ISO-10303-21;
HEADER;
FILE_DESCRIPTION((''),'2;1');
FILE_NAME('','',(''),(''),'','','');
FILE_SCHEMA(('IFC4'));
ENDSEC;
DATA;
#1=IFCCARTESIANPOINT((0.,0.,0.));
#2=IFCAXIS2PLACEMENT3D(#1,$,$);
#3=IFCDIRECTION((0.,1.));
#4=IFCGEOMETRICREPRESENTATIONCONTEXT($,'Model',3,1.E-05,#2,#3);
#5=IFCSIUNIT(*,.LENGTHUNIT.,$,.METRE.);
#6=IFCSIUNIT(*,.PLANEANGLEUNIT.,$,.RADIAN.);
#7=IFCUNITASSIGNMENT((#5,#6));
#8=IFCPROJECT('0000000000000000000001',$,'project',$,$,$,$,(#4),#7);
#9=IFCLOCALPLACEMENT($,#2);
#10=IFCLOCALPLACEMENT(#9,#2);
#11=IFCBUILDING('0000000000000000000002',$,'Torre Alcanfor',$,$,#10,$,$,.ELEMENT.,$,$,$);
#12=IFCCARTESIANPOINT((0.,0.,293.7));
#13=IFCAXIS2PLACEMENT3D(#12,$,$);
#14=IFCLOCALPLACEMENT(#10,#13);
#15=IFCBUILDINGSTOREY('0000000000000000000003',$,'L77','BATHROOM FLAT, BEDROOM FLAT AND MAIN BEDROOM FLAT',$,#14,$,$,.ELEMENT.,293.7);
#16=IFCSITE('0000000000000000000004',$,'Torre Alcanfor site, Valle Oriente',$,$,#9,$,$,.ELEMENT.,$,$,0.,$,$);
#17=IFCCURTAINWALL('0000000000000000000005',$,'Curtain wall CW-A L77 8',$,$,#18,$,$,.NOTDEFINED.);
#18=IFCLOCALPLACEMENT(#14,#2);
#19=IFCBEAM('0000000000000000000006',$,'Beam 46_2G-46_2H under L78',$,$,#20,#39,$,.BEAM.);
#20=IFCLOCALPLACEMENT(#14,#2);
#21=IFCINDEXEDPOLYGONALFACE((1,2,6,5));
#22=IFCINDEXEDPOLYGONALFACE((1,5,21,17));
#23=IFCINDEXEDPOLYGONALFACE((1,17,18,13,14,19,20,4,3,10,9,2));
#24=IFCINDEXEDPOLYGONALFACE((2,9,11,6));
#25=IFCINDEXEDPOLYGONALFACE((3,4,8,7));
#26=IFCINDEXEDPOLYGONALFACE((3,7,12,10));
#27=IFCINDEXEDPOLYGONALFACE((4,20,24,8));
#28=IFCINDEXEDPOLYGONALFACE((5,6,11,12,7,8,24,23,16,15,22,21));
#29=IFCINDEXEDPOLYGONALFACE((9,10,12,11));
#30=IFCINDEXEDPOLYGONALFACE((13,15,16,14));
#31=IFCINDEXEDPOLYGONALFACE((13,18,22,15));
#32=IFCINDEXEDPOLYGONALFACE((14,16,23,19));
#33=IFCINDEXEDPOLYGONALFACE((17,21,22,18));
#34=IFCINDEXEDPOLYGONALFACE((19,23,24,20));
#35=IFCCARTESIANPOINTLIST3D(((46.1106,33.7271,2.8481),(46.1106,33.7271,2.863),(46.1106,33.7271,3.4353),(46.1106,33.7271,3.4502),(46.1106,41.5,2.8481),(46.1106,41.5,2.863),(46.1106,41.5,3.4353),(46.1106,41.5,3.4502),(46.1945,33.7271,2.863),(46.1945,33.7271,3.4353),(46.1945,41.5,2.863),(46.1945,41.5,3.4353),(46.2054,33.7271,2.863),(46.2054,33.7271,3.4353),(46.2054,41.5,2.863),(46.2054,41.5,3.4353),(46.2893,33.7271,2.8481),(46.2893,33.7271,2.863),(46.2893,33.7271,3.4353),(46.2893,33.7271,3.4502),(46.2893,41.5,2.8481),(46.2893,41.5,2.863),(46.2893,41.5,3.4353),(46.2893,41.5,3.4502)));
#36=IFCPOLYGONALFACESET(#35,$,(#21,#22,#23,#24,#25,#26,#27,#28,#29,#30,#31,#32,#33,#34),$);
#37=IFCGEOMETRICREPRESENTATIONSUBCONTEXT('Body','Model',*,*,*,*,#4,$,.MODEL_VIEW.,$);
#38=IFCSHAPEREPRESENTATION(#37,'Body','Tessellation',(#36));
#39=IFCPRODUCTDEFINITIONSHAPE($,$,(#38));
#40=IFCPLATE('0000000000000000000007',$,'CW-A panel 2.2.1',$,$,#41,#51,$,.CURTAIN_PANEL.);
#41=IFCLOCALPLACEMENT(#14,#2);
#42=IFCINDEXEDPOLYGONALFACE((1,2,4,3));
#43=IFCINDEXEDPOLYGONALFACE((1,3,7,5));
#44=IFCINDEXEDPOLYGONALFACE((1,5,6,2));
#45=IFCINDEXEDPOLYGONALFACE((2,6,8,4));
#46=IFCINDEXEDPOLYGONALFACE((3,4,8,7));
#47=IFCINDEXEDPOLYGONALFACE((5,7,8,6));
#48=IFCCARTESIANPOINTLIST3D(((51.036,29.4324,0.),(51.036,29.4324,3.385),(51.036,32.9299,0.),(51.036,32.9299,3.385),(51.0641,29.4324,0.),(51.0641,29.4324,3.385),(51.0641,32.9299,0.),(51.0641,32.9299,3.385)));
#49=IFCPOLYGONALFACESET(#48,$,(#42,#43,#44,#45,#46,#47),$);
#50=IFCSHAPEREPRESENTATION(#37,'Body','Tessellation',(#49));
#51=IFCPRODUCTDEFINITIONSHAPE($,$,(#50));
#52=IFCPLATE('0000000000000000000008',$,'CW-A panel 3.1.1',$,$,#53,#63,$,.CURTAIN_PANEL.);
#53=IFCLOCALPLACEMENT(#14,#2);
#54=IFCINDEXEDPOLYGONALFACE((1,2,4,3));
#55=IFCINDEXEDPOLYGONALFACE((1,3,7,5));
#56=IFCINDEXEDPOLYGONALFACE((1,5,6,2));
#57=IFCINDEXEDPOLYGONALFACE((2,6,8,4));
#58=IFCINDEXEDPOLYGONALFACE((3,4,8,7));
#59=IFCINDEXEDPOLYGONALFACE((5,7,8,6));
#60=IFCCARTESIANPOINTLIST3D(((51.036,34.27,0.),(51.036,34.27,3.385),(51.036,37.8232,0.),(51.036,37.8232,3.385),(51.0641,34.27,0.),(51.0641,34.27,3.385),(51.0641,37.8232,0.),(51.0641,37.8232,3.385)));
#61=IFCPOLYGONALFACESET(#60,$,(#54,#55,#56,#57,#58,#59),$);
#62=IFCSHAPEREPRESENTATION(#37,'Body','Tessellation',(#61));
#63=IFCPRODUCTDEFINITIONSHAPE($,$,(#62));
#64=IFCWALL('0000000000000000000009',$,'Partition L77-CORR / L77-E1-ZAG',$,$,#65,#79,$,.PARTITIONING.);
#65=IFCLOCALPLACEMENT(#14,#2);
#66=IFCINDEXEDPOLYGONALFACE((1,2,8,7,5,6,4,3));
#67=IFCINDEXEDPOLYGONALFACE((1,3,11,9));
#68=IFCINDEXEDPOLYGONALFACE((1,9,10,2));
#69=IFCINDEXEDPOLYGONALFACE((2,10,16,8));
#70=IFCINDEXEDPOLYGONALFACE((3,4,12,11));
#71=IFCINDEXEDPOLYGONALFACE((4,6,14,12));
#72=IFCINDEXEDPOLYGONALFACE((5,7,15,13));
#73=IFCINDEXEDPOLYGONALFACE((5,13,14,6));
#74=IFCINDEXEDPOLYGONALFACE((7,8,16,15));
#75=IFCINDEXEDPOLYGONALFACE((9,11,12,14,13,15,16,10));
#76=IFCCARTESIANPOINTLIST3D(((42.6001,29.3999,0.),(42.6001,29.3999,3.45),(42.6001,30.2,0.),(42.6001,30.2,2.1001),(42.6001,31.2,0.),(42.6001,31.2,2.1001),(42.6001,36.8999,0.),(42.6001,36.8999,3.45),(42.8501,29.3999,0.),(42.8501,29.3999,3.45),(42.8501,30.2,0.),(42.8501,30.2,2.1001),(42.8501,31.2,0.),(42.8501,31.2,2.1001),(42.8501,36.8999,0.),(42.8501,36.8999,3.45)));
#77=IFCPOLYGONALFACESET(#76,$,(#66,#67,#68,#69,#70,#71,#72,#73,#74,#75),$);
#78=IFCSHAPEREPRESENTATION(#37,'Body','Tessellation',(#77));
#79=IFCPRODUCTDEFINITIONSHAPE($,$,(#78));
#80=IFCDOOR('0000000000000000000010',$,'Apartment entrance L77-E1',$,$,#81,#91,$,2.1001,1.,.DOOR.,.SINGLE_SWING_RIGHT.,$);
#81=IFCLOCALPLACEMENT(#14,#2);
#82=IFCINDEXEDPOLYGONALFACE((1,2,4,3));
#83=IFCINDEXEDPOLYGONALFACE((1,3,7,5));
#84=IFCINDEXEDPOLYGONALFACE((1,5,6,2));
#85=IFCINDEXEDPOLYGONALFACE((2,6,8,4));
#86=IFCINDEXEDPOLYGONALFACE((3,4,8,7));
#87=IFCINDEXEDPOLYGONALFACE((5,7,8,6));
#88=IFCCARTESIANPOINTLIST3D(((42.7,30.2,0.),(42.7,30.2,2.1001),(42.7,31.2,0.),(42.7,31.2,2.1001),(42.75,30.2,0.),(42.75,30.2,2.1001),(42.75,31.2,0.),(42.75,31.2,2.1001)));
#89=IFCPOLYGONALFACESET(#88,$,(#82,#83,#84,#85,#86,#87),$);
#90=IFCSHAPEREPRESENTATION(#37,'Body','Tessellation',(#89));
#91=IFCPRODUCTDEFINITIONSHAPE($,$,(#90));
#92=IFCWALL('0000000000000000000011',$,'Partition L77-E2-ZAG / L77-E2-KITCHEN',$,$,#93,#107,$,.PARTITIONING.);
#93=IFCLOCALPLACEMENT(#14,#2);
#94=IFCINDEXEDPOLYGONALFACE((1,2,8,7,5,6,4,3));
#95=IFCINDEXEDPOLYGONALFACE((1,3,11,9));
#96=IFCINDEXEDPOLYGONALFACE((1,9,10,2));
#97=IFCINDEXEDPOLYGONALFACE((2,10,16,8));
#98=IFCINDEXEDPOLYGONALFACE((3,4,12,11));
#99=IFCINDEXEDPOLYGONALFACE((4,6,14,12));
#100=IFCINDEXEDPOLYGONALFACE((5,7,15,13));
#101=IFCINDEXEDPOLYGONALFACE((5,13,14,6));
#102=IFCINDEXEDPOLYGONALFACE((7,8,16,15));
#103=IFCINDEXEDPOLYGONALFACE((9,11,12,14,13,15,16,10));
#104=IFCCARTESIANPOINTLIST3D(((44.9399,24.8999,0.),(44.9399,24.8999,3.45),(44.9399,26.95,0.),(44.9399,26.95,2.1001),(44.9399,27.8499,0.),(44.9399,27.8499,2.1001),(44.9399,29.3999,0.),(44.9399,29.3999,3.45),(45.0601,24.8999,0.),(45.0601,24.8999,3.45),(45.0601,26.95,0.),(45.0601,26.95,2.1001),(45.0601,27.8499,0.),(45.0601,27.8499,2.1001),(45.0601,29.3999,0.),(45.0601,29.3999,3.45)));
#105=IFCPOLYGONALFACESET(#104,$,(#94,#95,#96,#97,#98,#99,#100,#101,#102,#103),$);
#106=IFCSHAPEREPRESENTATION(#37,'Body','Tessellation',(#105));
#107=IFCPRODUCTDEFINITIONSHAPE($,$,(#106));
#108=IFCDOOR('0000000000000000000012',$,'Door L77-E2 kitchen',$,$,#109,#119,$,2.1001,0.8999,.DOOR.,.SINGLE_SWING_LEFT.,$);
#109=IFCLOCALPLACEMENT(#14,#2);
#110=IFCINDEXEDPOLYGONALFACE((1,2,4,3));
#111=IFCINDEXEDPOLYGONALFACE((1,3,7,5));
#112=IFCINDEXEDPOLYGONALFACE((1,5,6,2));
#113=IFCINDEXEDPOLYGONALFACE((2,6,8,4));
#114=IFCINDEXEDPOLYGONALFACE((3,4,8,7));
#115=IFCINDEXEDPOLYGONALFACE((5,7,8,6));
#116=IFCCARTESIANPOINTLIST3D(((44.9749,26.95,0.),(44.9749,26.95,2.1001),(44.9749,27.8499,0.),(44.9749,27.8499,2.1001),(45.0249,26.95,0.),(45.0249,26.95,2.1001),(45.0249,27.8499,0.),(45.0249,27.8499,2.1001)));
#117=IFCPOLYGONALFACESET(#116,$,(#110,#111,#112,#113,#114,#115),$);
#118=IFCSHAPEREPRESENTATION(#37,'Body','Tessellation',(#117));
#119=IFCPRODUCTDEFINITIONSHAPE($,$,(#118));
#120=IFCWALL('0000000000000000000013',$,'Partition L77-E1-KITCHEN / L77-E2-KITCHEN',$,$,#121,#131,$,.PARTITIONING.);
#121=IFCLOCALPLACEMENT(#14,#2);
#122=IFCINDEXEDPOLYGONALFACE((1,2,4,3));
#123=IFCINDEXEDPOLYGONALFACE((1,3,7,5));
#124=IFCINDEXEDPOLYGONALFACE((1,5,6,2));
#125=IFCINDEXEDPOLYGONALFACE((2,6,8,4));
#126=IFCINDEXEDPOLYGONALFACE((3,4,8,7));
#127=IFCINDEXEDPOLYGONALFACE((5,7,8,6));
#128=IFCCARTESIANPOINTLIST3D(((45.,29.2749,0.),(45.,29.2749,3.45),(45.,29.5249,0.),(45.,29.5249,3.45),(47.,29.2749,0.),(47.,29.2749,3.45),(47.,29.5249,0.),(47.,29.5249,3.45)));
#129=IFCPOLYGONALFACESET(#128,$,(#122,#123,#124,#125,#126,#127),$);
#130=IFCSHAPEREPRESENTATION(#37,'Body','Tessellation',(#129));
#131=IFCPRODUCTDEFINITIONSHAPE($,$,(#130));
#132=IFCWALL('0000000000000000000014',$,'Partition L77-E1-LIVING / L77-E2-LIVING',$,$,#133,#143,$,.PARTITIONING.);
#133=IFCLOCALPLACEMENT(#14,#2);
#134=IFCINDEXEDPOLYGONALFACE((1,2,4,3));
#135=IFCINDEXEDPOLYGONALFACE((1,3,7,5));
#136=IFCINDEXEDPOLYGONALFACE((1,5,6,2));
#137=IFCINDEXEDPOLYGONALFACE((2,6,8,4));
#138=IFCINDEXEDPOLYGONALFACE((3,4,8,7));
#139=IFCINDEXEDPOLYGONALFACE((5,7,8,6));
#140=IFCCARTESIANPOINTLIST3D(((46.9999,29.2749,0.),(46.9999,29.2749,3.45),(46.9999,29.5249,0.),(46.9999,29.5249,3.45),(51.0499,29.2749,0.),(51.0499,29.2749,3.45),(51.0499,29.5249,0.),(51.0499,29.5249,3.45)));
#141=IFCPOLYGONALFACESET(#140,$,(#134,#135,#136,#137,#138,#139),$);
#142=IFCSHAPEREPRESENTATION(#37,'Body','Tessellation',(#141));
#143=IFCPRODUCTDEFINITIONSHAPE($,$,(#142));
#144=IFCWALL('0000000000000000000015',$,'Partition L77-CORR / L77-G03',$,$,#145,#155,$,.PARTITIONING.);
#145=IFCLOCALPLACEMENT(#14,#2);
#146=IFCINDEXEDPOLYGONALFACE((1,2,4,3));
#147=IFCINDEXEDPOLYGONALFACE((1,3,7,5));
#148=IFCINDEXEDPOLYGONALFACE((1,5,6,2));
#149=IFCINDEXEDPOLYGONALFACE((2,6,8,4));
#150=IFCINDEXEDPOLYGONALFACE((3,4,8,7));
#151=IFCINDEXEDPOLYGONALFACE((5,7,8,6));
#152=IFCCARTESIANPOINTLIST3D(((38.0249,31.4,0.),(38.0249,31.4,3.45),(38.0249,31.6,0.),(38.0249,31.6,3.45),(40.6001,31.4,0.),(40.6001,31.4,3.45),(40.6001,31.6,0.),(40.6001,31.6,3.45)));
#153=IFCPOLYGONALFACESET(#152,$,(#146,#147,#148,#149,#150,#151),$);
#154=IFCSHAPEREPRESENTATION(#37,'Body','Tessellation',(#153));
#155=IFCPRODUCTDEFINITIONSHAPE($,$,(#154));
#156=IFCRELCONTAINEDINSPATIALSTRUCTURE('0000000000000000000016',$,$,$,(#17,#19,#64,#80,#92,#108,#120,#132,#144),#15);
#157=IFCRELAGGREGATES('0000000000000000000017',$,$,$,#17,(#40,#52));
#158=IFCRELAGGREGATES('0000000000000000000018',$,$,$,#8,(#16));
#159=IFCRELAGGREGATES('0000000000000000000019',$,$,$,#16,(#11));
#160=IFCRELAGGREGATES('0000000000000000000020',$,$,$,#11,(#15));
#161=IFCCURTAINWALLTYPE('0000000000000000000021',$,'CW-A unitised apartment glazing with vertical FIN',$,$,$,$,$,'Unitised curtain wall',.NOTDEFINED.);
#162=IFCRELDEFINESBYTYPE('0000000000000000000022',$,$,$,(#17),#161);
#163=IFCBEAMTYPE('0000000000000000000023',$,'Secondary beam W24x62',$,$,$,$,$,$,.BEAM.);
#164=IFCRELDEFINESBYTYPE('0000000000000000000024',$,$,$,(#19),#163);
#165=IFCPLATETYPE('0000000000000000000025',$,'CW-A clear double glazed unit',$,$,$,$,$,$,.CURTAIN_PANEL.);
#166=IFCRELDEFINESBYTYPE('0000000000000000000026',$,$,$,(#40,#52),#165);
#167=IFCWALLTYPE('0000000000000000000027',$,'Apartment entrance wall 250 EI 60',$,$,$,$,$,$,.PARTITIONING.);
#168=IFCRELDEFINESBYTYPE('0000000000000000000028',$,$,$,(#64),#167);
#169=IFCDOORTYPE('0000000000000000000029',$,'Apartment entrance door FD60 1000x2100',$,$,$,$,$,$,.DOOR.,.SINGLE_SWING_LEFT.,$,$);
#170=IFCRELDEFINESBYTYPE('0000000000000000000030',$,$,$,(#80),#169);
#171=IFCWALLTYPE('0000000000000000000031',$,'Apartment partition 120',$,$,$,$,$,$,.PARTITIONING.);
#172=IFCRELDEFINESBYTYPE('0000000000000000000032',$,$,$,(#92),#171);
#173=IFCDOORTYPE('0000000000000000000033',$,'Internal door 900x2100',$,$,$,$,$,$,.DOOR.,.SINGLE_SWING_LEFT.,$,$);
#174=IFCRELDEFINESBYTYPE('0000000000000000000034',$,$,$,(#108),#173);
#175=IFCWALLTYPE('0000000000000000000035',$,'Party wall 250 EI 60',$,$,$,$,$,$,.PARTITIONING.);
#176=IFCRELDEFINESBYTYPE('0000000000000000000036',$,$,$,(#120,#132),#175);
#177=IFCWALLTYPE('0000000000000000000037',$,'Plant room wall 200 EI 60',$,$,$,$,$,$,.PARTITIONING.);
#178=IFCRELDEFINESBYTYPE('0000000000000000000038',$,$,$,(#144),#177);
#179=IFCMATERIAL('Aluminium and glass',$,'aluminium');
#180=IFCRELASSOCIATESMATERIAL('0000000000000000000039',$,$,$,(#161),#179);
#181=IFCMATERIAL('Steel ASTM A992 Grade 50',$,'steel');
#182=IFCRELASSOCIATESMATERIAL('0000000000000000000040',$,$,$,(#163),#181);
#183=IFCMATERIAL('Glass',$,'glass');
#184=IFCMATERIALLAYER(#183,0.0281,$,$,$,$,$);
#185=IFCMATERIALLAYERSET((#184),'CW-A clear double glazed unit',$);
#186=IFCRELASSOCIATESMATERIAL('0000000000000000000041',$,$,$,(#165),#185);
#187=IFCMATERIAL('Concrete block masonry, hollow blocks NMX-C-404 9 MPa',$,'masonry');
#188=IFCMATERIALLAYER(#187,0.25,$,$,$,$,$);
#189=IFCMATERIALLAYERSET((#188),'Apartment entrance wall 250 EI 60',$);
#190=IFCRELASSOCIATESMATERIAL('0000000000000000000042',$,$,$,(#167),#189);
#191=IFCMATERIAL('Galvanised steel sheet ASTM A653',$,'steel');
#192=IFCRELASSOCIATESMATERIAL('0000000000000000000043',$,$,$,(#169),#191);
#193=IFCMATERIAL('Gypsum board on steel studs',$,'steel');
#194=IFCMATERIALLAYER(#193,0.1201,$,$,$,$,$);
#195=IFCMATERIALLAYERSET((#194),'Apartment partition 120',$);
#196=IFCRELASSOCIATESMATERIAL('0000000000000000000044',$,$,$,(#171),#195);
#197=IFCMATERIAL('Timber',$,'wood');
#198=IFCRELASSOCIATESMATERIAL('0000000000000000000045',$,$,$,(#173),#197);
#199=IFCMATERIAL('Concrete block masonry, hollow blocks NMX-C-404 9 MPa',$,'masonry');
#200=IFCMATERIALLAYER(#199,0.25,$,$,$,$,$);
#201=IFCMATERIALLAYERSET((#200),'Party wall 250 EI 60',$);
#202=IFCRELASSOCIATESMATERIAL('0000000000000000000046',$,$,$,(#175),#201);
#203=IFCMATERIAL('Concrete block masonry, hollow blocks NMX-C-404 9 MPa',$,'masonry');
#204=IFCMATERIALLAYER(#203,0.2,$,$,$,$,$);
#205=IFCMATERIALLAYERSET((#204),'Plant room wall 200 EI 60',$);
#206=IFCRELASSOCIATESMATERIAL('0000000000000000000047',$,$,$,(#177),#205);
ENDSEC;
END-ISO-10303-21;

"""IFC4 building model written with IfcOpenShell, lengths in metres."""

from ifc_helpers import new_model, si_unit, direction, frame, frame_2d, origin, origin_2d, place, context, subcontext, project, spatial, rectangle, i_section, extrude, material, layer, layer_set, material_profile, profile_set, type_object, element, fill, aggregate, save


model = new_model("IFC4")

# Units and contexts
model_context = context("Model", 3, precision=1e-05, world=origin(), true_north=direction((0.0, 1.0)))
body_context = subcontext(model_context, "Body", "Model", "MODEL_VIEW")
ifc_project = project(units=[si_unit("LENGTHUNIT", "METRE"), si_unit("PLANEANGLEUNIT", "RADIAN")], contexts=[model_context])

# Site, building, storey
site_placement = place(None, origin())
site = spatial("IfcSite", under=ifc_project, at=site_placement, Name="Torre Alcanfor site, Valle Oriente", CompositionType="ELEMENT", RefElevation=0.0)
building_placement = place(site_placement, origin())
building = spatial("IfcBuilding", under=site, at=building_placement, Name="Torre Alcanfor", CompositionType="ELEMENT")
storey_placement = place(building_placement, frame((0.0, 0.0, 293.7)))
storey = spatial("IfcBuildingStorey", under=building, at=storey_placement, Name="L77", Description="BATHROOM FLAT, BEDROOM FLAT AND MAIN BEDROOM FLAT", CompositionType="ELEMENT", Elevation=293.7)

# Curtain wall
ifc_material_1 = material(Name="Aluminium and glass", Category="aluminium")
curtain_wall_type = type_object("IfcCurtainWallType", Name="CW-A unitised apartment glazing with vertical FIN", ElementType="Unitised curtain wall", PredefinedType="NOTDEFINED", material=ifc_material_1)
curtain_wall_placement = place(storey_placement, origin())
curtain_wall = element("IfcCurtainWall", 1, at=curtain_wall_placement, inside=storey, type_object=curtain_wall_type, Name="Curtain wall CW-A L77 8", PredefinedType="NOTDEFINED")

# Beam
ifc_material_2 = material(Name="Steel ASTM A992 Grade 50", Category="steel")
ifc_material_profile_1 = material_profile(ifc_material_2, i_section(OverallWidth=0.1787, OverallDepth=0.6021, WebThickness=0.011, FlangeThickness=0.0149, at=origin_2d()), Name="W24x62")
ifc_profile_set_1 = profile_set([ifc_material_profile_1], Name="Steel ASTM A992 Grade 50")
beam_type_1 = type_object("IfcBeamType", Name="Secondary beam W24x62", PredefinedType="BEAM", material=ifc_profile_set_1)
beam_1_placement = place(storey_placement, frame((46.2, 33.7271, 3.1492), z_axis=(0.0, 1.0, 0.0), x_axis=(-1.0, 0.0, 0.0)))
element("IfcBeam", 2, at=beam_1_placement, inside=storey, type_object=beam_type_1, Name="Beam 46_2G-46_2H under L78", PredefinedType="BEAM", context=body_context, shape_type="SweptSolid", body=[
    extrude(i_section(OverallWidth=0.1787, OverallDepth=0.6021, WebThickness=0.011, FlangeThickness=0.0149, at=origin_2d()), origin(), (0.0, 0.0, 1.0), 7.7729),
])

# Plates
ifc_material_3 = material(Name="Glass", Category="glass")
ifc_layer_1 = layer(ifc_material_3, 0.0281)
ifc_layer_set_1 = layer_set([ifc_layer_1], Name="CW-A clear double glazed unit")
plate_type = type_object("IfcPlateType", Name="CW-A clear double glazed unit", PredefinedType="CURTAIN_PANEL", material=ifc_layer_set_1)
plate_1_placement = place(storey_placement, frame((51.05, 31.1812, 0.0), z_axis=(0.0, 0.0, 1.0), x_axis=(0.0, 1.0, 0.0)))
plate_1 = element("IfcPlate", 3, at=plate_1_placement, type_object=plate_type, Name="CW-A panel 2.2.1", PredefinedType="CURTAIN_PANEL", context=body_context, shape_type="SweptSolid", body=[
    extrude(rectangle(XDim=3.4976, YDim=0.0281, at=origin_2d()), origin(), (0.0, 0.0, 1.0), 3.385),
])
plate_2_placement = place(storey_placement, frame((51.05, 36.0466, 0.0), z_axis=(0.0, 0.0, 1.0), x_axis=(0.0, 1.0, 0.0)))
plate_2 = element("IfcPlate", 4, at=plate_2_placement, type_object=plate_type, Name="CW-A panel 3.1.1", PredefinedType="CURTAIN_PANEL", context=body_context, shape_type="SweptSolid", body=[
    extrude(rectangle(XDim=3.5532, YDim=0.0281, at=origin_2d()), origin(), (0.0, 0.0, 1.0), 3.385),
])
aggregate(curtain_wall, [plate_1, plate_2])

# Walls, openings, doors
ifc_material_4 = material(Name="Concrete block masonry, hollow blocks NMX-C-404 9 MPa", Category="masonry")
ifc_layer_2 = layer(ifc_material_4, 0.25)
ifc_layer_set_2 = layer_set([ifc_layer_2], Name="Apartment entrance wall 250 EI 60")
wall_type_1 = type_object("IfcWallType", Name="Apartment entrance wall 250 EI 60", PredefinedType="PARTITIONING", material=ifc_layer_set_2)
wall_1_placement = place(storey_placement, frame((42.7251, 36.8999, 0.0), z_axis=(0.0, 0.0, 1.0), x_axis=(0.0, -1.0, 0.0)))
wall_1 = element("IfcWall", 5, at=wall_1_placement, inside=storey, type_object=wall_type_1, Name="Partition L77-CORR / L77-E1-ZAG", PredefinedType="PARTITIONING", context=body_context, shape_type="SweptSolid", body=[
    extrude(rectangle(XDim=7.5, YDim=0.25, at=frame_2d((3.75, 0.0))), origin(), (0.0, 0.0, 1.0), 3.45),
])
opening_1_placement = place(wall_1_placement, frame((5.7, 0.0, 0.0)))
opening_1 = element("IfcOpeningElement", 6, at=opening_1_placement, cuts=wall_1, PredefinedType="OPENING", context=body_context, shape_type="SweptSolid", body=[
    extrude(rectangle(XDim=1.0, YDim=2.1001, at=frame_2d((0.5, 1.05))), frame((0.0, 0.135, 0.0), z_axis=(0.0, -1.0, 0.0), x_axis=(1.0, 0.0, 0.0)), (0.0, 0.0, 1.0), 0.27),
])
ifc_material_5 = material(Name="Galvanised steel sheet ASTM A653", Category="steel")
door_type_1 = type_object("IfcDoorType", Name="Apartment entrance door FD60 1000x2100", OperationType="SINGLE_SWING_LEFT", PredefinedType="DOOR", material=ifc_material_5)
door_1_placement = place(opening_1_placement, origin())
door_1 = element("IfcDoor", 7, at=door_1_placement, inside=storey, type_object=door_type_1, Name="Apartment entrance L77-E1", OperationType="SINGLE_SWING_RIGHT", OverallHeight=2.1001, OverallWidth=1.0, PredefinedType="DOOR", context=body_context, shape_type="SweptSolid", body=[
    extrude(rectangle(XDim=1.0, YDim=2.1001, at=frame_2d((0.5, 1.05))), frame((0.0, 0.0249, 0.0), z_axis=(0.0, -1.0, 0.0), x_axis=(1.0, 0.0, 0.0)), (0.0, 0.0, 1.0), 0.05),
])
fill(opening_1, door_1)
ifc_material_6 = material(Name="Gypsum board on steel studs", Category="steel")
ifc_layer_3 = layer(ifc_material_6, 0.1201)
ifc_layer_set_3 = layer_set([ifc_layer_3], Name="Apartment partition 120")
wall_type_2 = type_object("IfcWallType", Name="Apartment partition 120", PredefinedType="PARTITIONING", material=ifc_layer_set_3)
wall_2_placement = place(storey_placement, frame((45.0, 29.3999, 0.0), z_axis=(0.0, 0.0, 1.0), x_axis=(0.0, -1.0, 0.0)))
wall_2 = element("IfcWall", 8, at=wall_2_placement, inside=storey, type_object=wall_type_2, Name="Partition L77-E2-ZAG / L77-E2-KITCHEN", PredefinedType="PARTITIONING", context=body_context, shape_type="SweptSolid", body=[
    extrude(rectangle(XDim=4.5, YDim=0.1201, at=frame_2d((2.25, 0.0))), origin(), (0.0, 0.0, 1.0), 3.45),
])
opening_2_placement = place(wall_2_placement, frame((1.55, 0.0, 0.0)))
opening_2 = element("IfcOpeningElement", 9, at=opening_2_placement, cuts=wall_2, PredefinedType="OPENING", context=body_context, shape_type="SweptSolid", body=[
    extrude(rectangle(XDim=0.8999, YDim=2.1001, at=frame_2d((0.45, 1.05))), frame((0.0, 0.0701, 0.0), z_axis=(0.0, -1.0, 0.0), x_axis=(1.0, 0.0, 0.0)), (0.0, 0.0, 1.0), 0.1401),
])
ifc_material_7 = material(Name="Timber", Category="wood")
door_type_2 = type_object("IfcDoorType", Name="Internal door 900x2100", OperationType="SINGLE_SWING_LEFT", PredefinedType="DOOR", material=ifc_material_7)
door_2_placement = place(opening_2_placement, origin())
door_2 = element("IfcDoor", 10, at=door_2_placement, inside=storey, type_object=door_type_2, Name="Door L77-E2 kitchen", OperationType="SINGLE_SWING_LEFT", OverallHeight=2.1001, OverallWidth=0.8999, PredefinedType="DOOR", context=body_context, shape_type="SweptSolid", body=[
    extrude(rectangle(XDim=0.8999, YDim=2.1001, at=frame_2d((0.45, 1.05))), frame((0.0, 0.0249, 0.0), z_axis=(0.0, -1.0, 0.0), x_axis=(1.0, 0.0, 0.0)), (0.0, 0.0, 1.0), 0.05),
])
fill(opening_2, door_2)

# Walls
ifc_material_8 = material(Name="Concrete block masonry, hollow blocks NMX-C-404 9 MPa", Category="masonry")
ifc_layer_4 = layer(ifc_material_8, 0.25)
ifc_layer_set_4 = layer_set([ifc_layer_4], Name="Party wall 250 EI 60")
wall_type_3 = type_object("IfcWallType", Name="Party wall 250 EI 60", PredefinedType="PARTITIONING", material=ifc_layer_set_4)
wall_3_placement = place(storey_placement, frame((45.0, 29.3999, 0.0), z_axis=(0.0, 0.0, 1.0), x_axis=(1.0, 0.0, 0.0)))
element("IfcWall", 11, at=wall_3_placement, inside=storey, type_object=wall_type_3, Name="Partition L77-E1-KITCHEN / L77-E2-KITCHEN", PredefinedType="PARTITIONING", context=body_context, shape_type="SweptSolid", body=[
    extrude(rectangle(XDim=2.0, YDim=0.25, at=frame_2d((1.0, 0.0))), origin(), (0.0, 0.0, 1.0), 3.45),
])
wall_4_placement = place(storey_placement, frame((47.0, 29.3999, 0.0), z_axis=(0.0, 0.0, 1.0), x_axis=(1.0, 0.0, 0.0)))
element("IfcWall", 12, at=wall_4_placement, inside=storey, type_object=wall_type_3, Name="Partition L77-E1-LIVING / L77-E2-LIVING", PredefinedType="PARTITIONING", context=body_context, shape_type="SweptSolid", body=[
    extrude(rectangle(XDim=4.05, YDim=0.25, at=frame_2d((2.0249, 0.0))), origin(), (0.0, 0.0, 1.0), 3.45),
])
ifc_material_9 = material(Name="Concrete block masonry, hollow blocks NMX-C-404 9 MPa", Category="masonry")
ifc_layer_5 = layer(ifc_material_9, 0.2)
ifc_layer_set_5 = layer_set([ifc_layer_5], Name="Plant room wall 200 EI 60")
wall_type_4 = type_object("IfcWallType", Name="Plant room wall 200 EI 60", PredefinedType="PARTITIONING", material=ifc_layer_set_5)
wall_5_placement = place(storey_placement, frame((40.6001, 31.5, 0.0), z_axis=(0.0, 0.0, 1.0), x_axis=(-1.0, 0.0, 0.0)))
element("IfcWall", 13, at=wall_5_placement, inside=storey, type_object=wall_type_4, Name="Partition L77-CORR / L77-G03", PredefinedType="PARTITIONING", context=body_context, shape_type="SweptSolid", body=[
    extrude(rectangle(XDim=2.5752, YDim=0.2, at=frame_2d((1.2876, 0.0))), origin(), (0.0, 0.0, 1.0), 3.45),
])

save(model, "model.ifc")
